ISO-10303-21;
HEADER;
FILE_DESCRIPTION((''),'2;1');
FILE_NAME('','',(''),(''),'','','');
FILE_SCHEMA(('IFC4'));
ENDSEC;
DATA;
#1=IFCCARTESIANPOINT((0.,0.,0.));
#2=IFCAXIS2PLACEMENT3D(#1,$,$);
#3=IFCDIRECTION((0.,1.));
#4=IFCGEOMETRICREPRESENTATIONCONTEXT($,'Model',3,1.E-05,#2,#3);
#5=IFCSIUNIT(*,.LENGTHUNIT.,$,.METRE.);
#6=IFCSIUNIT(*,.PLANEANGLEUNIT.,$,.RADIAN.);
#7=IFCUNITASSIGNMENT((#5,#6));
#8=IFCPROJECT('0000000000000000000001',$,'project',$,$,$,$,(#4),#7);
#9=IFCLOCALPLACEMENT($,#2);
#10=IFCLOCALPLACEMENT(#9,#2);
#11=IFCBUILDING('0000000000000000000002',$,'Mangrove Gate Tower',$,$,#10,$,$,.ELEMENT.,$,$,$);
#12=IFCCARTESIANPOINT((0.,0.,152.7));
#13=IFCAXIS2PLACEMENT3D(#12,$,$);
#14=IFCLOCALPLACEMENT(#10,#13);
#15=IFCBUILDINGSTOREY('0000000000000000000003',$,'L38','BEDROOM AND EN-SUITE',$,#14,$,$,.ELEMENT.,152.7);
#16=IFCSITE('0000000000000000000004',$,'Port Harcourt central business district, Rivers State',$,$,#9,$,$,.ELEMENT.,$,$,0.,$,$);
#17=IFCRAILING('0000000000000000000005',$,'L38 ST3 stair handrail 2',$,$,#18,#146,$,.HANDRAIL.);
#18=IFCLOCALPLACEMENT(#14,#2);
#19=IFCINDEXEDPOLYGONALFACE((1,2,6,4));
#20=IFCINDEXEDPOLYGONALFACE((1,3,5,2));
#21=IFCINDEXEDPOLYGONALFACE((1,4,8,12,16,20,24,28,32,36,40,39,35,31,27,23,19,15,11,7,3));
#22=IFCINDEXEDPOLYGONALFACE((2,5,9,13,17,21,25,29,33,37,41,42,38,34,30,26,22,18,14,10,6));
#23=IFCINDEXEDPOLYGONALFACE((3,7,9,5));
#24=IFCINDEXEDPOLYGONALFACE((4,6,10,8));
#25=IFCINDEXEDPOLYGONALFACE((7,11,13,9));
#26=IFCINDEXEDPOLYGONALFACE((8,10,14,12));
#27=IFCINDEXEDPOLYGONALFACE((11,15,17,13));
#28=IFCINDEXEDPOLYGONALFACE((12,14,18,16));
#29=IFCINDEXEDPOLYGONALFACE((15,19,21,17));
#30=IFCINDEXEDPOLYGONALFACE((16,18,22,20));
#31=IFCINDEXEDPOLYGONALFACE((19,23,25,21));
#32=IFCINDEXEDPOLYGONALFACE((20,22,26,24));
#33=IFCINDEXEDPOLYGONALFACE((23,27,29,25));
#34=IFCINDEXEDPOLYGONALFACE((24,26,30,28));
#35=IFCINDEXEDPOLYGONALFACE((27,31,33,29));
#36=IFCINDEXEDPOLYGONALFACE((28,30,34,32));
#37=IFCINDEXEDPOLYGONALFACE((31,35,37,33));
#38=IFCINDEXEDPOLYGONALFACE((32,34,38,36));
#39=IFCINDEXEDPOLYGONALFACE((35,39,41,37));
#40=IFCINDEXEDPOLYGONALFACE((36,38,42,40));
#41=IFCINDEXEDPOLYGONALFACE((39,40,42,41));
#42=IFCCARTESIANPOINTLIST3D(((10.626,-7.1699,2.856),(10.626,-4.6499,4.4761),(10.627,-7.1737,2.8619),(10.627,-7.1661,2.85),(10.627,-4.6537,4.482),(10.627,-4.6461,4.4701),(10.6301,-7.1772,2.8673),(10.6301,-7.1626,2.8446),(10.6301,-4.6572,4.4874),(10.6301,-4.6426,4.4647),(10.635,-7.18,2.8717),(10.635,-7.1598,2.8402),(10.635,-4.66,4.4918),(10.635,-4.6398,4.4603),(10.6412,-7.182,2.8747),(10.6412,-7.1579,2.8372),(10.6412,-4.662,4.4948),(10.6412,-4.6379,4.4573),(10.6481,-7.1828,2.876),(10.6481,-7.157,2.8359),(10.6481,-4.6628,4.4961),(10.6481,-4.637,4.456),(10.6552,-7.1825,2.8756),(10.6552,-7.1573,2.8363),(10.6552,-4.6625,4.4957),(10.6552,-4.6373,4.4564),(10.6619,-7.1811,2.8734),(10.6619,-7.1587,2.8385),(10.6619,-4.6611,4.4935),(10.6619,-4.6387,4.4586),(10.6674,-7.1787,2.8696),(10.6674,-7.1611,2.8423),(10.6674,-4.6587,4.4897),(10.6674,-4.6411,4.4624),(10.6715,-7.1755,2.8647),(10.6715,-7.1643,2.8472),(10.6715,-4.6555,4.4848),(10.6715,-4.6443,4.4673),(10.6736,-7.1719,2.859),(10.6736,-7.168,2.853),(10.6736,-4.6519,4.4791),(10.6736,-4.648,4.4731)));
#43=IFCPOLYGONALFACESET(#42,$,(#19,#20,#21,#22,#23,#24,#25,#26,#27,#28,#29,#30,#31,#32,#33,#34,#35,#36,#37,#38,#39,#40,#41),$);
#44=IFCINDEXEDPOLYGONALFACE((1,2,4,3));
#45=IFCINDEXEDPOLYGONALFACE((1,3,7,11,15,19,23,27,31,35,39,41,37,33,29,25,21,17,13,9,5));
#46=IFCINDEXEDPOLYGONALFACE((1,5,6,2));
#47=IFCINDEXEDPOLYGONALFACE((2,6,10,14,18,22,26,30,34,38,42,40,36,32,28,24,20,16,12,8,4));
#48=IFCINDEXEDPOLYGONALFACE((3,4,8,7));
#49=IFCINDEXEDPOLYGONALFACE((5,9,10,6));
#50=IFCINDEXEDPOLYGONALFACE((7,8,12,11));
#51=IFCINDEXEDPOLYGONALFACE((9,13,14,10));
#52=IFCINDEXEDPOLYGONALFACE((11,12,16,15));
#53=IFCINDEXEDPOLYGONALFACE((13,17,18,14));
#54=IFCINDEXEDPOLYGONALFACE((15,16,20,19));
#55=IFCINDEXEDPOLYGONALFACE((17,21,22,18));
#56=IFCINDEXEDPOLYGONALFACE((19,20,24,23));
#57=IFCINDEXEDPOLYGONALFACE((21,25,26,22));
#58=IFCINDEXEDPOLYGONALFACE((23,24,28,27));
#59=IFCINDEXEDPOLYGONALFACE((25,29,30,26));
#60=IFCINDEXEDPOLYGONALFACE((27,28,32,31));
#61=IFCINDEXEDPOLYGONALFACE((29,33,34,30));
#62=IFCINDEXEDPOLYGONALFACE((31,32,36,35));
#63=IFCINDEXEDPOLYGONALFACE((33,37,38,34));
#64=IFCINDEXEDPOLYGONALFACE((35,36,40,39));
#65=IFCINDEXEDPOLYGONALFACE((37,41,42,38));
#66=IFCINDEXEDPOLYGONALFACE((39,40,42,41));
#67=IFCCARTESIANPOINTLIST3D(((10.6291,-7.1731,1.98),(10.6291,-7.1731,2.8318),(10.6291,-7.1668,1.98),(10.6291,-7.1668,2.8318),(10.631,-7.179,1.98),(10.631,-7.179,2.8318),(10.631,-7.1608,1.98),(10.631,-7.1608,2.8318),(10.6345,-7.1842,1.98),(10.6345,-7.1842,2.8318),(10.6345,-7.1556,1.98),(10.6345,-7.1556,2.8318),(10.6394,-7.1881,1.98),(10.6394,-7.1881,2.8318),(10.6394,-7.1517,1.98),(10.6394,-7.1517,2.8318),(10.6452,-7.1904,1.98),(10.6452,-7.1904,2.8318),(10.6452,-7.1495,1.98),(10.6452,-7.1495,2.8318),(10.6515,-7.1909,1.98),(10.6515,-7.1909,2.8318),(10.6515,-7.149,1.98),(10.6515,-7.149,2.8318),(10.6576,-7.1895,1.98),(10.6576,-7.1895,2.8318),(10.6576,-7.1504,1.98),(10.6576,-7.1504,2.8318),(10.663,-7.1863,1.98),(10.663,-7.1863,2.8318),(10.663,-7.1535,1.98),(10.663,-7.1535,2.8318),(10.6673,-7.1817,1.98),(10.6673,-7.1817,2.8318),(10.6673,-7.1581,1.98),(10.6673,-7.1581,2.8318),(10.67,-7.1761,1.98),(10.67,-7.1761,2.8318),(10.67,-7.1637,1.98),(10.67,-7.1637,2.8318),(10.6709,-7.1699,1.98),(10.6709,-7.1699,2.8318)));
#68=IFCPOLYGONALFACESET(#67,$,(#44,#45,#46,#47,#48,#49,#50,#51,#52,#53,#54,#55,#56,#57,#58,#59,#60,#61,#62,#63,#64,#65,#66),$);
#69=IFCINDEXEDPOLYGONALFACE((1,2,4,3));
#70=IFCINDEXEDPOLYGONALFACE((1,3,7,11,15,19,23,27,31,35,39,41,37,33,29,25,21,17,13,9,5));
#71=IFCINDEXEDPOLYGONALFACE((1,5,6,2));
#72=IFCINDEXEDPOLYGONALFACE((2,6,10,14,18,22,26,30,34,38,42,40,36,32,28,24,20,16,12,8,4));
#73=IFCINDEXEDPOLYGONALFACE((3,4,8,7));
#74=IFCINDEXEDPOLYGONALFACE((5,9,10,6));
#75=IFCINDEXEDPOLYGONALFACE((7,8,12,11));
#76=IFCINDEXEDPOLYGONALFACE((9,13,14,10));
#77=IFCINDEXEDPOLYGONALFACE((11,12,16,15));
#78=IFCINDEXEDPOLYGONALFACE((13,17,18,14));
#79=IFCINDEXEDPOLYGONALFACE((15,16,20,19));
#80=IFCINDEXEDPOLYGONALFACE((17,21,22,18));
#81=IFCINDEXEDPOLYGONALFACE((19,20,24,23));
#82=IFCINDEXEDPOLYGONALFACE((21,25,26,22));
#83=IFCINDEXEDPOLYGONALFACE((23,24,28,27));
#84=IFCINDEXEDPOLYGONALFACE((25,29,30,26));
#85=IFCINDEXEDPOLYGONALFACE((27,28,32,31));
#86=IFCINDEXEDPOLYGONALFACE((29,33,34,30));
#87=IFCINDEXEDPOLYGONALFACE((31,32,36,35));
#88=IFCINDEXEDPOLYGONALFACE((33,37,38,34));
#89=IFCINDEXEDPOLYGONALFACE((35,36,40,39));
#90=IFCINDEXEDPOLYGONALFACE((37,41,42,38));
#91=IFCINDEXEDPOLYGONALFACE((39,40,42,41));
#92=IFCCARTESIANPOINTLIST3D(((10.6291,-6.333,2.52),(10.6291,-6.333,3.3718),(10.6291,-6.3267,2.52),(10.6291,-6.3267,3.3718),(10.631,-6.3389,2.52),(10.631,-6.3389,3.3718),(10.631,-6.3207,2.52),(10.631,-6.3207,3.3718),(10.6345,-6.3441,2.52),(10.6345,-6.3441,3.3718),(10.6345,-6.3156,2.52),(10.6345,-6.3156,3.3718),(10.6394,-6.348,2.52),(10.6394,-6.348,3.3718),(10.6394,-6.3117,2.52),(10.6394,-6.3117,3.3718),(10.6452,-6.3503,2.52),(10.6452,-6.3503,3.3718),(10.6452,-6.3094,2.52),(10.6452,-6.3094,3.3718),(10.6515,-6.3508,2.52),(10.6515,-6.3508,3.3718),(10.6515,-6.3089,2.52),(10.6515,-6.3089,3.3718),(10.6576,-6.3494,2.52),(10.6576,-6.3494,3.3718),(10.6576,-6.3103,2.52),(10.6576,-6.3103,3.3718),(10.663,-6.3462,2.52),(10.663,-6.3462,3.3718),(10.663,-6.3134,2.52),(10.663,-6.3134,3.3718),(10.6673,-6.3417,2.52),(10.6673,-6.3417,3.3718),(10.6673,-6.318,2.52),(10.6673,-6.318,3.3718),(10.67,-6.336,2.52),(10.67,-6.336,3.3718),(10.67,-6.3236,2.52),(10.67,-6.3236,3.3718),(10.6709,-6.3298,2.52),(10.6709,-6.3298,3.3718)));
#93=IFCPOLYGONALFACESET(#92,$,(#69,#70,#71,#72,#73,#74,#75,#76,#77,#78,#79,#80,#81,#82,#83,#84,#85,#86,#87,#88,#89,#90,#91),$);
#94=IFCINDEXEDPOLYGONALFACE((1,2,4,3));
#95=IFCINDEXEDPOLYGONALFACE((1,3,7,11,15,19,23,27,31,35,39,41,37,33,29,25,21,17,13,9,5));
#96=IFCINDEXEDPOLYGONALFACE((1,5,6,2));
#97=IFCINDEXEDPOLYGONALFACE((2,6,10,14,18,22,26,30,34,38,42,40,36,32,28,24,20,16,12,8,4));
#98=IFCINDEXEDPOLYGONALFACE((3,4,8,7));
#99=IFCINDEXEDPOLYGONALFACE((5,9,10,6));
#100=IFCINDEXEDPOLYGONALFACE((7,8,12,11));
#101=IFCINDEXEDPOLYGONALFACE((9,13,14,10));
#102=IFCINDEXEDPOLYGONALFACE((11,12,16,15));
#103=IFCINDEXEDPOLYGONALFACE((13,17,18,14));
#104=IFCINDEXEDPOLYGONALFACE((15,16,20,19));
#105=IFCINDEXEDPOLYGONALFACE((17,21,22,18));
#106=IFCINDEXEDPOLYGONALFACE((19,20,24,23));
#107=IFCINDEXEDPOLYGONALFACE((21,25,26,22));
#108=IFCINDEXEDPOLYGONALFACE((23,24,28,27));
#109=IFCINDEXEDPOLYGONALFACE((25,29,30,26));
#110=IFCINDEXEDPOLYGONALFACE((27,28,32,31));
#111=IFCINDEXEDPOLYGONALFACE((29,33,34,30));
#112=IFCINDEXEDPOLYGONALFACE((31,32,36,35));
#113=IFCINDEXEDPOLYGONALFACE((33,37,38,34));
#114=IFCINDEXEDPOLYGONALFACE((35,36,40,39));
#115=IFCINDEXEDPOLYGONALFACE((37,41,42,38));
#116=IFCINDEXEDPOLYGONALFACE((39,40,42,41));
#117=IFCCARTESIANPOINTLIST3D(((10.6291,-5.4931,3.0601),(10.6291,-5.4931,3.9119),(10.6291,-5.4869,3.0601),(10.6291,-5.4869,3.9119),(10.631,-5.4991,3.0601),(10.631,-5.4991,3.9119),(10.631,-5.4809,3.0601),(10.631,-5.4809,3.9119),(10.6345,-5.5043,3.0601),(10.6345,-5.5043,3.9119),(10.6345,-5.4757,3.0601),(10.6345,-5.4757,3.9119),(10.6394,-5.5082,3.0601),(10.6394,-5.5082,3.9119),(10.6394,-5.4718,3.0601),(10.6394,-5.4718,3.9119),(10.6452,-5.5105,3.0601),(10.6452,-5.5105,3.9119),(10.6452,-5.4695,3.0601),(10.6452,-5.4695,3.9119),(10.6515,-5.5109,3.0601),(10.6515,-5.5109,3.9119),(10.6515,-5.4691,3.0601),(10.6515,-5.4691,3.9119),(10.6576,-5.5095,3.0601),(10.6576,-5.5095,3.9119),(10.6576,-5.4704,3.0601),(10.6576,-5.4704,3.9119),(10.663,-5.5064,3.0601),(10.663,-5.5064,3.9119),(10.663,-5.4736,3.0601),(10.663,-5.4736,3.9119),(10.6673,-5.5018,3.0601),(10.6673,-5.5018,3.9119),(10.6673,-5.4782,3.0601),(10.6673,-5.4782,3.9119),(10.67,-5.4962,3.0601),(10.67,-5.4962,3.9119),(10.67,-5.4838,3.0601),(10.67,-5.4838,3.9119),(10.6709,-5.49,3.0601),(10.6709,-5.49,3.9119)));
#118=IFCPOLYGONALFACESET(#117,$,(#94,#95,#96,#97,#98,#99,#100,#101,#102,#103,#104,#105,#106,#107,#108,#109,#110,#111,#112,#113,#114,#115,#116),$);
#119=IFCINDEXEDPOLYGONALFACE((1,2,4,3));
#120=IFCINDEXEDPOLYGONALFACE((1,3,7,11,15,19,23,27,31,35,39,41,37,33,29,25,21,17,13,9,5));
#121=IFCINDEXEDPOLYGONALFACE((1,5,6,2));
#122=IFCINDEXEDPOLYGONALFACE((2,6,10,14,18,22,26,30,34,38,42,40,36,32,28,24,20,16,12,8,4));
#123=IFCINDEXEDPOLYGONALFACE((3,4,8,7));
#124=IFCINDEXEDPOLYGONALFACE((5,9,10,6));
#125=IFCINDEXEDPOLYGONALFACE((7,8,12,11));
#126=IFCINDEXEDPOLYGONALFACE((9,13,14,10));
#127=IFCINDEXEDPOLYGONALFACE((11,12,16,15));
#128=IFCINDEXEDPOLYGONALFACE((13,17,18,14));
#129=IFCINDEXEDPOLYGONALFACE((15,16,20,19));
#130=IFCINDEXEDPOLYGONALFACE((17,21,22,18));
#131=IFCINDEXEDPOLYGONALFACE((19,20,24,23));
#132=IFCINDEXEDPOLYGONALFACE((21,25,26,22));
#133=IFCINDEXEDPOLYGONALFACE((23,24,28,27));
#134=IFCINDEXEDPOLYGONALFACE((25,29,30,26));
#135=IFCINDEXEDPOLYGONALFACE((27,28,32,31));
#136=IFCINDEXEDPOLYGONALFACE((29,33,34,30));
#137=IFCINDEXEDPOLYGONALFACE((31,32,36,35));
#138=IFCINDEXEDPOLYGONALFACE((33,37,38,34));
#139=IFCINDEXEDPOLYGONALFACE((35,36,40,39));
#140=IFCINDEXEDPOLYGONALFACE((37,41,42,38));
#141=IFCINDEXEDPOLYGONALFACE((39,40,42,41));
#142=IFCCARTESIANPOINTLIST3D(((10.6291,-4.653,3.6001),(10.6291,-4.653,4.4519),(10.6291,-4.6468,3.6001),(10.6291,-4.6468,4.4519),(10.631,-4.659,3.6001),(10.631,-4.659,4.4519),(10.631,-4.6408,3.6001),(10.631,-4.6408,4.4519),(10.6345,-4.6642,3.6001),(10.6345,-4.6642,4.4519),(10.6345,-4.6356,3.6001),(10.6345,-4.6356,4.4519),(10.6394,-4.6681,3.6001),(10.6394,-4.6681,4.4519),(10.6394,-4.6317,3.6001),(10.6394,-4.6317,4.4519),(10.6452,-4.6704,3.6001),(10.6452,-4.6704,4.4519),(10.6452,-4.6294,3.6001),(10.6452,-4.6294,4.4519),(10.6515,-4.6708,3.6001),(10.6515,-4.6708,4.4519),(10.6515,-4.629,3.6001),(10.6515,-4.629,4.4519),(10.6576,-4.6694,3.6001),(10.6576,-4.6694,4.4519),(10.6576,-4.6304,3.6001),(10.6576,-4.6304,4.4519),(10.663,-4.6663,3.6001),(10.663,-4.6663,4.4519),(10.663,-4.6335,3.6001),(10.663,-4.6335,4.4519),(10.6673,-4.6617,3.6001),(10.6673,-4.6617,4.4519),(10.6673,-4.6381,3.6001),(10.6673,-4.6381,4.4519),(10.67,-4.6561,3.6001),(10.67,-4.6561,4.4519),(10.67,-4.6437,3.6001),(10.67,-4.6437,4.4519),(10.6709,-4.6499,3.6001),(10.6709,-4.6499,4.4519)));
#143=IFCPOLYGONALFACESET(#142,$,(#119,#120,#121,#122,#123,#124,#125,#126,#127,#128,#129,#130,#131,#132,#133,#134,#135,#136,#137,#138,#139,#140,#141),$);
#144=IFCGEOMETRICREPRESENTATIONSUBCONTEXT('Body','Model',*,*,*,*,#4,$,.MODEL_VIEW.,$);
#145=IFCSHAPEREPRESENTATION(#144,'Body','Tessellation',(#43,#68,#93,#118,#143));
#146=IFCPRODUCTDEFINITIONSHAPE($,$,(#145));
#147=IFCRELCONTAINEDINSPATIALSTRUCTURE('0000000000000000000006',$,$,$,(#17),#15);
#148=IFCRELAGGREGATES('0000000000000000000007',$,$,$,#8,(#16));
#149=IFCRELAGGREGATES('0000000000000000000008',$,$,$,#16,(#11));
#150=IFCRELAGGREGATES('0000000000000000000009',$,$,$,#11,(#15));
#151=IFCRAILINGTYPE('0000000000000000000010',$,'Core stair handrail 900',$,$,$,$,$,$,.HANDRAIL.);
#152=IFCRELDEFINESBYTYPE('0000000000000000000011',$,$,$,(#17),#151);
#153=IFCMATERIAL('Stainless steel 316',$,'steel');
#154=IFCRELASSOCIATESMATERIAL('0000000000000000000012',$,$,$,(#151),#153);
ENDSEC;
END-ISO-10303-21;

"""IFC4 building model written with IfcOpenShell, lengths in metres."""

from ifc_helpers import new_model, si_unit, direction, frame, origin, origin_2d, place, context, subcontext, project, spatial, circle, extrude, material, type_object, element, save


model = new_model("IFC4")

# Units and contexts
model_context = context("Model", 3, precision=1e-05, world=origin(), true_north=direction((0.0, 1.0)))
body_context = subcontext(model_context, "Body", "Model", "MODEL_VIEW")
ifc_project = project(units=[si_unit("LENGTHUNIT", "METRE"), si_unit("PLANEANGLEUNIT", "RADIAN")], contexts=[model_context])

# Site, building, storey
site_placement = place(None, origin())
site = spatial("IfcSite", under=ifc_project, at=site_placement, Name="Port Harcourt central business district, Rivers State", CompositionType="ELEMENT", RefElevation=0.0)
building_placement = place(site_placement, origin())
building = spatial("IfcBuilding", under=site, at=building_placement, Name="Mangrove Gate Tower", CompositionType="ELEMENT")
storey_placement = place(building_placement, frame((0.0, 0.0, 152.7)))
storey = spatial("IfcBuildingStorey", under=building, at=storey_placement, Name="L38", Description="BEDROOM AND EN-SUITE", CompositionType="ELEMENT", Elevation=152.7)

# Railing
ifc_material_1 = material(Name="Stainless steel 316", Category="steel")
railing_type_1 = type_object("IfcRailingType", Name="Core stair handrail 900", PredefinedType="HANDRAIL", material=ifc_material_1)
railing_1_placement = place(storey_placement, frame((10.6499, -7.1699, 1.98)))
element("IfcRailing", 1, at=railing_1_placement, inside=storey, type_object=railing_type_1, Name="L38 ST3 stair handrail 2", PredefinedType="HANDRAIL", context=body_context, shape_type="SweptSolid", body=[
    extrude(circle(Radius=0.0239, at=origin_2d()), frame((0.0, 0.0, 0.876), z_axis=(0.0, 0.841163, 0.540782), x_axis=(-1.0, 0.0, 0.0)), (0.0, 0.0, 1.0), 2.9958),
    extrude(circle(Radius=0.021, at=origin_2d()), origin(), (0.0, 0.0, 1.0), 0.8518),
    extrude(circle(Radius=0.021, at=origin_2d()), frame((0.0, 0.8401, 0.54)), (0.0, 0.0, 1.0), 0.8518),
    extrude(circle(Radius=0.021, at=origin_2d()), frame((0.0, 1.6799, 1.0801)), (0.0, 0.0, 1.0), 0.8518),
    extrude(circle(Radius=0.021, at=origin_2d()), frame((0.0, 2.52, 1.6201)), (0.0, 0.0, 1.0), 0.8518),
])

save(model, "model.ifc")
